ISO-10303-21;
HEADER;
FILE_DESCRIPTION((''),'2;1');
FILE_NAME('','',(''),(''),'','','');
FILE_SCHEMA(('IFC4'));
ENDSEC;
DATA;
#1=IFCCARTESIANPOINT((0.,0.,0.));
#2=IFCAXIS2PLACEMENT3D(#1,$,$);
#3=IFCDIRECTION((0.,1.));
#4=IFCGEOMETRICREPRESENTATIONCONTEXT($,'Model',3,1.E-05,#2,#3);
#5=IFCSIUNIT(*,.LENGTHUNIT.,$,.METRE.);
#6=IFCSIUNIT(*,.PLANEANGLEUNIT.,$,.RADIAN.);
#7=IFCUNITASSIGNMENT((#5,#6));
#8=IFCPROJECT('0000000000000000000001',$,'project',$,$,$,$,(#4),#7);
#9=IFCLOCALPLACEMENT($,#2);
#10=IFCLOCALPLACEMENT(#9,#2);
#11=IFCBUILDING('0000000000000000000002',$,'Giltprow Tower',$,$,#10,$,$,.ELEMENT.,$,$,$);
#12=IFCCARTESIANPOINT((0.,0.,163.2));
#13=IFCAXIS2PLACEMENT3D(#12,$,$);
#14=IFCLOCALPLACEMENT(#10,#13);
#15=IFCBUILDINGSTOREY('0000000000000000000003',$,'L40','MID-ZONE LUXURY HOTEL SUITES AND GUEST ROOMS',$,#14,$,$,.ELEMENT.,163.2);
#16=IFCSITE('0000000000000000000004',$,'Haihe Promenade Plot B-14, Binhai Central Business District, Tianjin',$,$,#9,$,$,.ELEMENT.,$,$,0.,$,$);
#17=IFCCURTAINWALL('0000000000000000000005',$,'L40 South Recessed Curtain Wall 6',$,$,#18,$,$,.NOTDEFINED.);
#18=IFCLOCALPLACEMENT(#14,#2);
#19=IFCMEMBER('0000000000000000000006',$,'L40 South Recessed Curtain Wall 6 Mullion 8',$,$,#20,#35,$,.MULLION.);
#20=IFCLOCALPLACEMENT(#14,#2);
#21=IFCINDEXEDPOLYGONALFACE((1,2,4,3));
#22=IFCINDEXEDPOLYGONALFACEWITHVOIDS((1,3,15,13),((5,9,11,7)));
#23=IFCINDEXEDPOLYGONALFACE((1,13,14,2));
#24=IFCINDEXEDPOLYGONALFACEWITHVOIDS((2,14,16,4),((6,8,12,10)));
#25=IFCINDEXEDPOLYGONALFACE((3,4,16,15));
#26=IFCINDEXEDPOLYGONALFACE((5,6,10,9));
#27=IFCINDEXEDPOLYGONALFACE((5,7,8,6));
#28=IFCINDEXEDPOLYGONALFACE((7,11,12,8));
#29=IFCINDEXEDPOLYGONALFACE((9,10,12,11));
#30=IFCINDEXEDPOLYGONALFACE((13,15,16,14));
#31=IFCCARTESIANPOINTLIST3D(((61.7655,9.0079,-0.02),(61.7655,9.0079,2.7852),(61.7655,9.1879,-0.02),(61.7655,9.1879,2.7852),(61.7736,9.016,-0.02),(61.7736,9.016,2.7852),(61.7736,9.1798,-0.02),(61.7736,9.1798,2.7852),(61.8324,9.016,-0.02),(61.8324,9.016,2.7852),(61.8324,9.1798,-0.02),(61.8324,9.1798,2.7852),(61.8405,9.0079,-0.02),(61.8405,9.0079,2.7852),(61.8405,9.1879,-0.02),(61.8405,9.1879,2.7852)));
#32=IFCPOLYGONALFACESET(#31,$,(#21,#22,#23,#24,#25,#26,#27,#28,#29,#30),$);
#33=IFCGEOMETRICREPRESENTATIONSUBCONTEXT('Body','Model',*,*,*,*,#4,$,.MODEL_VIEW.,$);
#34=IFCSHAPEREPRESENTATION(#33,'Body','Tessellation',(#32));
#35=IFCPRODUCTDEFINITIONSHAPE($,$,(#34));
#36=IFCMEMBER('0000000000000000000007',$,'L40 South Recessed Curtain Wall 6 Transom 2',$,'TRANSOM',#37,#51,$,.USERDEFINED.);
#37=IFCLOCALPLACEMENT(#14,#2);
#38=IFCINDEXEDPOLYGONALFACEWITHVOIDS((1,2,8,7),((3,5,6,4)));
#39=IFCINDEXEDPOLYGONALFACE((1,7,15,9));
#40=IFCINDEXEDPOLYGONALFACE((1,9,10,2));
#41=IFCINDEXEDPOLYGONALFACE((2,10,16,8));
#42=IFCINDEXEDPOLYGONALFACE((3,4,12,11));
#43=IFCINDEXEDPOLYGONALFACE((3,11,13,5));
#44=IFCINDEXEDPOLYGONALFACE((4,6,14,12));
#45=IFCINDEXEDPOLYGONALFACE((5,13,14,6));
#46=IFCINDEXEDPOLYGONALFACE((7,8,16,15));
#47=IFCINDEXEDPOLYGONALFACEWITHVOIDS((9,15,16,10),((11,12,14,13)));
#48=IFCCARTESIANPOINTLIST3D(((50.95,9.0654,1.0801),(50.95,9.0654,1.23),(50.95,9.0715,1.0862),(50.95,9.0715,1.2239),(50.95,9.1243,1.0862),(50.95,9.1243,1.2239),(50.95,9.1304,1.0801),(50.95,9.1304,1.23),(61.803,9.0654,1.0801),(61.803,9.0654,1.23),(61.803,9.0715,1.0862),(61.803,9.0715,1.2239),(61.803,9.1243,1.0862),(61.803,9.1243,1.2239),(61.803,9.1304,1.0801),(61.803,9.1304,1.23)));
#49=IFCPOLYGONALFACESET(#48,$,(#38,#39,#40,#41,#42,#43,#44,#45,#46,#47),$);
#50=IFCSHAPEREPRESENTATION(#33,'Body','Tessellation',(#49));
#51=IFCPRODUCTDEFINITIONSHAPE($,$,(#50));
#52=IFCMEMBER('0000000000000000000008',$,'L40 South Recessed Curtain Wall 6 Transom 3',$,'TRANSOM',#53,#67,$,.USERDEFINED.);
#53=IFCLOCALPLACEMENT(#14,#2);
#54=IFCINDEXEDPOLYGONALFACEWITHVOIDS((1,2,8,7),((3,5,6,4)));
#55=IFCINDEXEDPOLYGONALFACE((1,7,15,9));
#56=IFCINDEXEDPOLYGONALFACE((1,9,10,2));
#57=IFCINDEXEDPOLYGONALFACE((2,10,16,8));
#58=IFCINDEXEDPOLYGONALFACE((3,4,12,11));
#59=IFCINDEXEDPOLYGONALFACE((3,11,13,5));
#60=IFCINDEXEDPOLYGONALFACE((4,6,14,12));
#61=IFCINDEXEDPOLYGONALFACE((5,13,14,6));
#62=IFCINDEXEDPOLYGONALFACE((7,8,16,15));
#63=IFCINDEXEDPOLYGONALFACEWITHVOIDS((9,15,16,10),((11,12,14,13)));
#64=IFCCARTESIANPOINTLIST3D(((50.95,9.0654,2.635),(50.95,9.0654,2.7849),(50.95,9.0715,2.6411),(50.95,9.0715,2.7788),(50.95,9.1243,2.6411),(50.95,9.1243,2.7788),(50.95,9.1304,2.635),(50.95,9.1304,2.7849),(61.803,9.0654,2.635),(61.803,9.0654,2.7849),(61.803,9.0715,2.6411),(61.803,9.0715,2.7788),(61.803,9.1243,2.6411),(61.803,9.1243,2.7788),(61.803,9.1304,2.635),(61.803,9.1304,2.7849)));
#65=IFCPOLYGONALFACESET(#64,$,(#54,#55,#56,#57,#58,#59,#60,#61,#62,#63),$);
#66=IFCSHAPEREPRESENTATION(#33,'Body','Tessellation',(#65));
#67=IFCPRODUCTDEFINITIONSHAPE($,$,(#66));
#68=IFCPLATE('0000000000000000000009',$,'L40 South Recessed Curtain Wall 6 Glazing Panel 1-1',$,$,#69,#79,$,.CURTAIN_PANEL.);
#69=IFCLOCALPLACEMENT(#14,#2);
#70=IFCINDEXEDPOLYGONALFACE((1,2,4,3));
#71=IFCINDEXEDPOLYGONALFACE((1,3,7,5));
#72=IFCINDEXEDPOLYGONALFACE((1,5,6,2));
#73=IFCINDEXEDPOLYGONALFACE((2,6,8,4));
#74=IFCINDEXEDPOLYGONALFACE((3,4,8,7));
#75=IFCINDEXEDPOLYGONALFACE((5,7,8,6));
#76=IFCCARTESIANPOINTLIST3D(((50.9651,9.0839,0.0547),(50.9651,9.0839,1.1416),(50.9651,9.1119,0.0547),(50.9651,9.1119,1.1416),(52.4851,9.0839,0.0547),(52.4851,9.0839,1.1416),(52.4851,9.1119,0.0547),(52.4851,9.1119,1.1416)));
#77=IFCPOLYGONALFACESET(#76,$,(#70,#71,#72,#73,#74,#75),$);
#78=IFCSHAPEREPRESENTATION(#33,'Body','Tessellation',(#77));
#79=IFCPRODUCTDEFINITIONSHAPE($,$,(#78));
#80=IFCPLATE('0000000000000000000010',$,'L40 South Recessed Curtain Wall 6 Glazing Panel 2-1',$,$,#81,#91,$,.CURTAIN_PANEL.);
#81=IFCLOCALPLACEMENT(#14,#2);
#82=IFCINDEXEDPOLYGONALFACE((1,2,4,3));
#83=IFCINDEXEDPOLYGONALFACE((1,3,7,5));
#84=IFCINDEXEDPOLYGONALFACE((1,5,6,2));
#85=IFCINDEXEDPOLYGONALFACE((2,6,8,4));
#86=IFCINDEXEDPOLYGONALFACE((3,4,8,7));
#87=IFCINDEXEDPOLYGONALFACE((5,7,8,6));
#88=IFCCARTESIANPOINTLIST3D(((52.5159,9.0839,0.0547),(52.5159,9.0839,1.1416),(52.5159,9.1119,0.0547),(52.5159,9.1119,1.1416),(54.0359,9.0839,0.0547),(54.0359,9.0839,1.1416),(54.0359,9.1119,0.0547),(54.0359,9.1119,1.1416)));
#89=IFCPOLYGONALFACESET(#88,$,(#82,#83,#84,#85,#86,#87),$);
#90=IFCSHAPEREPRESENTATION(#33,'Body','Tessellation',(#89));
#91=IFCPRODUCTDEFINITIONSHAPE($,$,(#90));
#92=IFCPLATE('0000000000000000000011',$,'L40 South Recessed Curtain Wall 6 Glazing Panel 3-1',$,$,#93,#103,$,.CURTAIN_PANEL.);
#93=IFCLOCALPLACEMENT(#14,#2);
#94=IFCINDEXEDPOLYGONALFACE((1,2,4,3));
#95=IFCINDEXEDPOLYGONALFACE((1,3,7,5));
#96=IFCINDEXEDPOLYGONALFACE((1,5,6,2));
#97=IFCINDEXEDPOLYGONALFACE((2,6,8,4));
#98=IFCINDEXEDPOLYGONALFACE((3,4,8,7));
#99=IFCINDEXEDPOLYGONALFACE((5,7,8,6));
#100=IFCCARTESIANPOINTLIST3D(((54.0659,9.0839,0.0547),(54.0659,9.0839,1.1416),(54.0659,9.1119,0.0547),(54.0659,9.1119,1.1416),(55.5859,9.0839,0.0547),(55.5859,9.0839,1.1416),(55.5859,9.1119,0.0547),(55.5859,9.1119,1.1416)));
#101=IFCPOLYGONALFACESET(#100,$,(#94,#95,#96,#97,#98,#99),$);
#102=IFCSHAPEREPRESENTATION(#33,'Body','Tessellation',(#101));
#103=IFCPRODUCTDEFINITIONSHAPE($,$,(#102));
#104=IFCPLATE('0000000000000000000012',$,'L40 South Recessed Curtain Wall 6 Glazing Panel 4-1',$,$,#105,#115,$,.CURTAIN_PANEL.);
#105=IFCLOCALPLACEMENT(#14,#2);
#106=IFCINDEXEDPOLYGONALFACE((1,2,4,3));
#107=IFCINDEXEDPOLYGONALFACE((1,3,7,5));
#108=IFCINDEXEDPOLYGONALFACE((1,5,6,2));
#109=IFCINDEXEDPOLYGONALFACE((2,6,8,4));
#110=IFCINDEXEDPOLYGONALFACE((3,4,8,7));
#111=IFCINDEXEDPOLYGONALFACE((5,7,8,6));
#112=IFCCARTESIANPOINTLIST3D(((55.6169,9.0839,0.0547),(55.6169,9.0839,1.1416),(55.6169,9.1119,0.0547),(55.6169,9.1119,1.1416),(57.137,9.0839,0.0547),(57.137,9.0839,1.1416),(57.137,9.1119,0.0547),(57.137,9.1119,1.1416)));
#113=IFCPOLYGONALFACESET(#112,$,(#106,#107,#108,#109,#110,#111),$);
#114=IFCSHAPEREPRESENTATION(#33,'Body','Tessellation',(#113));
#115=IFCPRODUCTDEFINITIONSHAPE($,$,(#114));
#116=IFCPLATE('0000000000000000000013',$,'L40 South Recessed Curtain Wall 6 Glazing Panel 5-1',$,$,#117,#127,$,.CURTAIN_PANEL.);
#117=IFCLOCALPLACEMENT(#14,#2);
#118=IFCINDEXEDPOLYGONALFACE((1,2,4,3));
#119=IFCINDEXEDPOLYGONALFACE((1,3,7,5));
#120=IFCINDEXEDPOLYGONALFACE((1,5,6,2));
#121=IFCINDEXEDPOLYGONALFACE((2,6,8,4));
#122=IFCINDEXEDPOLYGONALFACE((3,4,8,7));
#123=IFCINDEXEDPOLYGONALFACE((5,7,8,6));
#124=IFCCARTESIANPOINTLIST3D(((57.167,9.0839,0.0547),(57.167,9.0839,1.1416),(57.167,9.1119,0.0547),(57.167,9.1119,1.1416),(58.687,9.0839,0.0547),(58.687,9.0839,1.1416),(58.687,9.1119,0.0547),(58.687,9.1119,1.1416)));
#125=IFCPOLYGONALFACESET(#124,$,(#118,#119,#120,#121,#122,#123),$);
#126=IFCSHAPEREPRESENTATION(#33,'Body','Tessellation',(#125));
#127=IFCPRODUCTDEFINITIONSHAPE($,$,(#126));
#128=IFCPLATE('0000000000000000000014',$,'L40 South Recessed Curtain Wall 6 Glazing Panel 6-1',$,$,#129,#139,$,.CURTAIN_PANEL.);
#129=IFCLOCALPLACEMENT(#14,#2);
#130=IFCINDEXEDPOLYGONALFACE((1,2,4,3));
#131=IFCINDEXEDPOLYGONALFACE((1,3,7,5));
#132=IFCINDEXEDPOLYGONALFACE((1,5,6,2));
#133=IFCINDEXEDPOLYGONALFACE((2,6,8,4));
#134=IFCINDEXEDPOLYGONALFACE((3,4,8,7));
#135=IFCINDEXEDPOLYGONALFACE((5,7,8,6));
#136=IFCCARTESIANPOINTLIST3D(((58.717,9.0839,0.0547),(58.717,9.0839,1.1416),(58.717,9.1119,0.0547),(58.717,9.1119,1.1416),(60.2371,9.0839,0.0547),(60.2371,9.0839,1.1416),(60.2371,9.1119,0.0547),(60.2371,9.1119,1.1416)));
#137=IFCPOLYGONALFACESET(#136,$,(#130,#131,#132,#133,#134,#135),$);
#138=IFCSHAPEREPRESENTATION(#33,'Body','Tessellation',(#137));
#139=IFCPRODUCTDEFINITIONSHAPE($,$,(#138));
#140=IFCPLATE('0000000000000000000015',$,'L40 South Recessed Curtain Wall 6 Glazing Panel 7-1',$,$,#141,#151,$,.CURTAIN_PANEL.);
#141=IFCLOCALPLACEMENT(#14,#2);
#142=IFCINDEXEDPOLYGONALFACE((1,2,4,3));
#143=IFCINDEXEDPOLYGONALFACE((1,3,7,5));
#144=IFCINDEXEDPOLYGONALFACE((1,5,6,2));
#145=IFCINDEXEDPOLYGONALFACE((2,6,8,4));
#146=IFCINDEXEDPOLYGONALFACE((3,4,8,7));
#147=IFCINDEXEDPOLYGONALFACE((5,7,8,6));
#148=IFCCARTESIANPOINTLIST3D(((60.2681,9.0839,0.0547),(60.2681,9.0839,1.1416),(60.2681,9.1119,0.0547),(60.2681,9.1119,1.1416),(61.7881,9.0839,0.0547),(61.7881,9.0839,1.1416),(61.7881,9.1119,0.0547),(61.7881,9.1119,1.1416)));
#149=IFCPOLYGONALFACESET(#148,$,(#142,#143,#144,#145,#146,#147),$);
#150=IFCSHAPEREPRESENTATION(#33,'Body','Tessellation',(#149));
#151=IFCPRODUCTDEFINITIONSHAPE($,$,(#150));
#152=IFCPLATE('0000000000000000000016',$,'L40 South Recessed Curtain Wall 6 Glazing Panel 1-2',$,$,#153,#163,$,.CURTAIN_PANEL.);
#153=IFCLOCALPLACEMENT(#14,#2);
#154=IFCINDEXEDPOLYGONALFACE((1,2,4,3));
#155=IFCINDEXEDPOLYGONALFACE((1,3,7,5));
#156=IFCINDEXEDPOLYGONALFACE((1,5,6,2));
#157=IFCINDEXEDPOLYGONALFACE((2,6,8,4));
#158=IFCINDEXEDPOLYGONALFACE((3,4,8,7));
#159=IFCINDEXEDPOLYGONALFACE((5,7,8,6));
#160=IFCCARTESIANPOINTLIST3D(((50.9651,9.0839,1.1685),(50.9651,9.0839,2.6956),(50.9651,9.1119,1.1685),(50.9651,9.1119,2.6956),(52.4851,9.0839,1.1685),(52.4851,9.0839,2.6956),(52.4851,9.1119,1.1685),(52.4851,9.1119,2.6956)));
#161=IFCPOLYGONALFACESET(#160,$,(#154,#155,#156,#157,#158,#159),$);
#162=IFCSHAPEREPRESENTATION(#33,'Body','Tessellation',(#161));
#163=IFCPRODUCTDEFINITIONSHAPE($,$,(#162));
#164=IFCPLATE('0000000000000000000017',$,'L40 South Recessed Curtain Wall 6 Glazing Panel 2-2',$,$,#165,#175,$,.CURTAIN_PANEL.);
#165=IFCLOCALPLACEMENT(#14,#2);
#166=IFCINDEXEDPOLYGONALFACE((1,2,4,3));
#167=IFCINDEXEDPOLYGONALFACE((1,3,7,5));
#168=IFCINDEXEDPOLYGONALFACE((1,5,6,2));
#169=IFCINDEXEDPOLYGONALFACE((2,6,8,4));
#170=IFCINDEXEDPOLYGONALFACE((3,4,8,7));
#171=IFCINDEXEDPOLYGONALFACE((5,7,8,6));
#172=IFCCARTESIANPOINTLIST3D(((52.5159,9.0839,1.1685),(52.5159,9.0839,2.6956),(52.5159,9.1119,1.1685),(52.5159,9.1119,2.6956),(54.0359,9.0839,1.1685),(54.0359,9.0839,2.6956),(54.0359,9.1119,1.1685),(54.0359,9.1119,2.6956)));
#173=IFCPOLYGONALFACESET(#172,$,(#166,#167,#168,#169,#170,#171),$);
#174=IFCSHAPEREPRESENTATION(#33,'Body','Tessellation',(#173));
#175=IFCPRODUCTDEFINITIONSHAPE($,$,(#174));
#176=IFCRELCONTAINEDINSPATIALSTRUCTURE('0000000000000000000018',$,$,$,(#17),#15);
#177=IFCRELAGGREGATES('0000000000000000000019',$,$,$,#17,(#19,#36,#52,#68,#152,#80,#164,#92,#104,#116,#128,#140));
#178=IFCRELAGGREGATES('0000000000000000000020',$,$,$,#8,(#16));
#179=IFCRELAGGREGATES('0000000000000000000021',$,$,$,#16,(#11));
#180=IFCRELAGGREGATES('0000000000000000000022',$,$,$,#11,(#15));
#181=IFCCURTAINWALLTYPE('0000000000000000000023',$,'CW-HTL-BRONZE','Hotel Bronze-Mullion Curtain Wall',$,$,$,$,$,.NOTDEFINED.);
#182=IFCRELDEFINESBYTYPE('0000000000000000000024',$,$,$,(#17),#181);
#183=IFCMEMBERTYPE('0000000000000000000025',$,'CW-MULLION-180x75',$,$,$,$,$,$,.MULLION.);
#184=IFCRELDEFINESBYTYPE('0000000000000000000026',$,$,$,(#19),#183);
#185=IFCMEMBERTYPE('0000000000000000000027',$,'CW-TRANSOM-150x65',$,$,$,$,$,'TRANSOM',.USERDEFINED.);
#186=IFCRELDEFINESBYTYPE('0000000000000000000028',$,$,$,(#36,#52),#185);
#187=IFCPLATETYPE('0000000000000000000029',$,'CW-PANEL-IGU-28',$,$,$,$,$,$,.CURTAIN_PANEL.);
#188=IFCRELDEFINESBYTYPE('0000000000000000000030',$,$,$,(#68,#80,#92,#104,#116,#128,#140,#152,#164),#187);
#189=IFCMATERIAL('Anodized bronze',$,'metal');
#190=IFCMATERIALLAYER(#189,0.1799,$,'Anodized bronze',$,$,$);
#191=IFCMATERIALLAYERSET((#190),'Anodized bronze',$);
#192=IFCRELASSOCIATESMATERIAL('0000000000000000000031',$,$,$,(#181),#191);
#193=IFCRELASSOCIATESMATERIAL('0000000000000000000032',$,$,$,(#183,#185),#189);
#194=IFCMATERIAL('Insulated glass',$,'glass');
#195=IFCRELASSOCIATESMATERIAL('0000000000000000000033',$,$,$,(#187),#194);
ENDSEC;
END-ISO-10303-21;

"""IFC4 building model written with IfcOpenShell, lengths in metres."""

from ifc_helpers import new_model, si_unit, direction, frame, origin, origin_2d, place, context, subcontext, project, spatial, rectangle, hollow_rectangle, extrude, source, transform, mapped, material, layer, layer_set, material_profile, profile_set, type_object, element, aggregate, save


model = new_model("IFC4")

# Units and contexts
model_context = context("Model", 3, precision=1e-05, world=origin(), true_north=direction((0.0, 1.0)))
body_context = subcontext(model_context, "Body", "Model", "MODEL_VIEW")
ifc_project = project(units=[si_unit("LENGTHUNIT", "METRE"), si_unit("PLANEANGLEUNIT", "RADIAN")], contexts=[model_context])

# Site, building, storey
site_placement = place(None, origin())
site = spatial("IfcSite", under=ifc_project, at=site_placement, Name="Haihe Promenade Plot B-14, Binhai Central Business District, Tianjin", CompositionType="ELEMENT", RefElevation=0.0)
building_placement = place(site_placement, origin())
building = spatial("IfcBuilding", under=site, at=building_placement, Name="Giltprow Tower", CompositionType="ELEMENT")
storey_placement = place(building_placement, frame((0.0, 0.0, 163.2)))
storey = spatial("IfcBuildingStorey", under=building, at=storey_placement, Name="L40", Description="MID-ZONE LUXURY HOTEL SUITES AND GUEST ROOMS", CompositionType="ELEMENT", Elevation=163.2)

# Curtain wall, members, plates
ifc_material_1 = material(Name="Anodized bronze", Category="metal")
ifc_layer_1 = layer(ifc_material_1, 0.1799, Name="Anodized bronze")
ifc_layer_set_1 = layer_set([ifc_layer_1], Name="Anodized bronze")
curtain_wall_type = type_object("IfcCurtainWallType", Name="CW-HTL-BRONZE", Description="Hotel Bronze-Mullion Curtain Wall", PredefinedType="NOTDEFINED", material=ifc_layer_set_1)
curtain_wall_placement = place(storey_placement, origin())
curtain_wall = element("IfcCurtainWall", 1, at=curtain_wall_placement, inside=storey, type_object=curtain_wall_type, Name="L40 South Recessed Curtain Wall 6", PredefinedType="NOTDEFINED")
ifc_material_profile_1 = material_profile(ifc_material_1, hollow_rectangle(XDim=0.075, YDim=0.1799, WallThickness=0.0081, at=origin_2d()), Name="RHS 180x75x8")
ifc_profile_set_1 = profile_set([ifc_material_profile_1], Name="Anodized bronze")
member_type_1 = type_object("IfcMemberType", Name="CW-MULLION-180x75", PredefinedType="MULLION", material=ifc_profile_set_1)
shared_shape_1 = source(origin(), body_context, "Body", "SweptSolid", [
    extrude(hollow_rectangle(XDim=0.075, YDim=0.1799, WallThickness=0.0081, at=origin_2d()), origin(), (0.0, 0.0, 1.0), 2.8052),
])
member_1_placement = place(storey_placement, frame((61.803, 9.0979, -0.02), z_axis=(0.0, 0.0, 1.0), x_axis=(1.0, 0.0, 0.0)))
member_1 = element("IfcMember", 2, at=member_1_placement, type_object=member_type_1, Name="L40 South Recessed Curtain Wall 6 Mullion 8", PredefinedType="MULLION", context=body_context, shape_type="MappedRepresentation", body=[
    mapped(shared_shape_1, transform((0.0, 0.0, 0.0), x_axis=(1.0, 0.0, 0.0), y_axis=(0.0, 1.0, 0.0), z_axis=(0.0, 0.0, 1.0), scale=1.0)),
])
ifc_material_profile_2 = material_profile(ifc_material_1, hollow_rectangle(XDim=0.0649, YDim=0.1499, WallThickness=0.0061, at=origin_2d()), Name="RHS 150x65x6")
ifc_profile_set_2 = profile_set([ifc_material_profile_2], Name="Anodized bronze")
member_type_2 = type_object("IfcMemberType", Name="CW-TRANSOM-150x65", ElementType="TRANSOM", PredefinedType="USERDEFINED", material=ifc_profile_set_2)
shared_shape_2 = source(origin(), body_context, "Body", "SweptSolid", [
    extrude(hollow_rectangle(XDim=0.0649, YDim=0.1499, WallThickness=0.0061, at=origin_2d()), origin(), (0.0, 0.0, 1.0), 10.853),
])
member_2_placement = place(storey_placement, frame((50.95, 9.0979, 1.155), z_axis=(1.0, 0.0, 0.0), x_axis=(0.0, 1.0, 0.0)))
member_2 = element("IfcMember", 3, at=member_2_placement, type_object=member_type_2, Name="L40 South Recessed Curtain Wall 6 Transom 2", ObjectType="TRANSOM", PredefinedType="USERDEFINED", context=body_context, shape_type="MappedRepresentation", body=[
    mapped(shared_shape_2, transform((0.0, 0.0, 0.0), x_axis=(1.0, 0.0, 0.0), y_axis=(0.0, 1.0, 0.0), z_axis=(0.0, 0.0, 1.0), scale=1.0)),
])
member_3_placement = place(storey_placement, frame((50.95, 9.0979, 2.71), z_axis=(1.0, 0.0, 0.0), x_axis=(0.0, 1.0, 0.0)))
member_3 = element("IfcMember", 4, at=member_3_placement, type_object=member_type_2, Name="L40 South Recessed Curtain Wall 6 Transom 3", ObjectType="TRANSOM", PredefinedType="USERDEFINED", context=body_context, shape_type="MappedRepresentation", body=[
    mapped(shared_shape_2, transform((0.0, 0.0, 0.0), x_axis=(1.0, 0.0, 0.0), y_axis=(0.0, 1.0, 0.0), z_axis=(0.0, 0.0, 1.0), scale=1.0)),
])
ifc_material_2 = material(Name="Insulated glass", Category="glass")
plate_type = type_object("IfcPlateType", Name="CW-PANEL-IGU-28", PredefinedType="CURTAIN_PANEL", material=ifc_material_2)
shared_shape_3 = source(origin(), body_context, "Body", "SweptSolid", [
    extrude(rectangle(XDim=1.52, YDim=0.0281, at=origin_2d()), origin(), (0.0, 0.0, 1.0), 1.0869),
])
plate_1_placement = place(storey_placement, frame((51.7251, 9.0979, 0.0547), z_axis=(0.0, 0.0, 1.0), x_axis=(1.0, 0.0, 0.0)))
plate_1 = element("IfcPlate", 5, at=plate_1_placement, type_object=plate_type, Name="L40 South Recessed Curtain Wall 6 Glazing Panel 1-1", PredefinedType="CURTAIN_PANEL", context=body_context, shape_type="MappedRepresentation", body=[
    mapped(shared_shape_3, transform((0.0, 0.0, 0.0), x_axis=(1.0, 0.0, 0.0), y_axis=(0.0, 1.0, 0.0), z_axis=(0.0, 0.0, 1.0), scale=1.0)),
])
plate_2_placement = place(storey_placement, frame((53.2759, 9.0979, 0.0547), z_axis=(0.0, 0.0, 1.0), x_axis=(1.0, 0.0, 0.0)))
plate_2 = element("IfcPlate", 6, at=plate_2_placement, type_object=plate_type, Name="L40 South Recessed Curtain Wall 6 Glazing Panel 2-1", PredefinedType="CURTAIN_PANEL", context=body_context, shape_type="MappedRepresentation", body=[
    mapped(shared_shape_3, transform((0.0, 0.0, 0.0), x_axis=(1.0, 0.0, 0.0), y_axis=(0.0, 1.0, 0.0), z_axis=(0.0, 0.0, 1.0), scale=1.0)),
])
plate_3_placement = place(storey_placement, frame((54.8259, 9.0979, 0.0547), z_axis=(0.0, 0.0, 1.0), x_axis=(1.0, 0.0, 0.0)))
plate_3 = element("IfcPlate", 7, at=plate_3_placement, type_object=plate_type, Name="L40 South Recessed Curtain Wall 6 Glazing Panel 3-1", PredefinedType="CURTAIN_PANEL", context=body_context, shape_type="MappedRepresentation", body=[
    mapped(shared_shape_3, transform((0.0, 0.0, 0.0), x_axis=(1.0, 0.0, 0.0), y_axis=(0.0, 1.0, 0.0), z_axis=(0.0, 0.0, 1.0), scale=1.0)),
])
plate_4_placement = place(storey_placement, frame((56.377, 9.0979, 0.0547), z_axis=(0.0, 0.0, 1.0), x_axis=(1.0, 0.0, 0.0)))
plate_4 = element("IfcPlate", 8, at=plate_4_placement, type_object=plate_type, Name="L40 South Recessed Curtain Wall 6 Glazing Panel 4-1", PredefinedType="CURTAIN_PANEL", context=body_context, shape_type="MappedRepresentation", body=[
    mapped(shared_shape_3, transform((0.0, 0.0, 0.0), x_axis=(1.0, 0.0, 0.0), y_axis=(0.0, 1.0, 0.0), z_axis=(0.0, 0.0, 1.0), scale=1.0)),
])
plate_5_placement = place(storey_placement, frame((57.927, 9.0979, 0.0547), z_axis=(0.0, 0.0, 1.0), x_axis=(1.0, 0.0, 0.0)))
plate_5 = element("IfcPlate", 9, at=plate_5_placement, type_object=plate_type, Name="L40 South Recessed Curtain Wall 6 Glazing Panel 5-1", PredefinedType="CURTAIN_PANEL", context=body_context, shape_type="MappedRepresentation", body=[
    mapped(shared_shape_3, transform((0.0, 0.0, 0.0), x_axis=(1.0, 0.0, 0.0), y_axis=(0.0, 1.0, 0.0), z_axis=(0.0, 0.0, 1.0), scale=1.0)),
])
plate_6_placement = place(storey_placement, frame((59.4771, 9.0979, 0.0547), z_axis=(0.0, 0.0, 1.0), x_axis=(1.0, 0.0, 0.0)))
plate_6 = element("IfcPlate", 10, at=plate_6_placement, type_object=plate_type, Name="L40 South Recessed Curtain Wall 6 Glazing Panel 6-1", PredefinedType="CURTAIN_PANEL", context=body_context, shape_type="MappedRepresentation", body=[
    mapped(shared_shape_3, transform((0.0, 0.0, 0.0), x_axis=(1.0, 0.0, 0.0), y_axis=(0.0, 1.0, 0.0), z_axis=(0.0, 0.0, 1.0), scale=1.0)),
])
plate_7_placement = place(storey_placement, frame((61.0281, 9.0979, 0.0547), z_axis=(0.0, 0.0, 1.0), x_axis=(1.0, 0.0, 0.0)))
plate_7 = element("IfcPlate", 11, at=plate_7_placement, type_object=plate_type, Name="L40 South Recessed Curtain Wall 6 Glazing Panel 7-1", PredefinedType="CURTAIN_PANEL", context=body_context, shape_type="MappedRepresentation", body=[
    mapped(shared_shape_3, transform((0.0, 0.0, 0.0), x_axis=(1.0, 0.0, 0.0), y_axis=(0.0, 1.0, 0.0), z_axis=(0.0, 0.0, 1.0), scale=1.0)),
])
shared_shape_4 = source(origin(), body_context, "Body", "SweptSolid", [
    extrude(rectangle(XDim=1.52, YDim=0.0281, at=origin_2d()), origin(), (0.0, 0.0, 1.0), 1.5271),
])
plate_8_placement = place(storey_placement, frame((51.7251, 9.0979, 1.1685), z_axis=(0.0, 0.0, 1.0), x_axis=(1.0, 0.0, 0.0)))
plate_8 = element("IfcPlate", 12, at=plate_8_placement, type_object=plate_type, Name="L40 South Recessed Curtain Wall 6 Glazing Panel 1-2", PredefinedType="CURTAIN_PANEL", context=body_context, shape_type="MappedRepresentation", body=[
    mapped(shared_shape_4, transform((0.0, 0.0, 0.0), x_axis=(1.0, 0.0, 0.0), y_axis=(0.0, 1.0, 0.0), z_axis=(0.0, 0.0, 1.0), scale=1.0)),
])
plate_9_placement = place(storey_placement, frame((53.2759, 9.0979, 1.1685), z_axis=(0.0, 0.0, 1.0), x_axis=(1.0, 0.0, 0.0)))
plate_9 = element("IfcPlate", 13, at=plate_9_placement, type_object=plate_type, Name="L40 South Recessed Curtain Wall 6 Glazing Panel 2-2", PredefinedType="CURTAIN_PANEL", context=body_context, shape_type="MappedRepresentation", body=[
    mapped(shared_shape_4, transform((0.0, 0.0, 0.0), x_axis=(1.0, 0.0, 0.0), y_axis=(0.0, 1.0, 0.0), z_axis=(0.0, 0.0, 1.0), scale=1.0)),
])
aggregate(curtain_wall, [member_1, member_2, member_3, plate_1, plate_8, plate_2, plate_9, plate_3, plate_4, plate_5, plate_6, plate_7])

save(model, "model.ifc")
